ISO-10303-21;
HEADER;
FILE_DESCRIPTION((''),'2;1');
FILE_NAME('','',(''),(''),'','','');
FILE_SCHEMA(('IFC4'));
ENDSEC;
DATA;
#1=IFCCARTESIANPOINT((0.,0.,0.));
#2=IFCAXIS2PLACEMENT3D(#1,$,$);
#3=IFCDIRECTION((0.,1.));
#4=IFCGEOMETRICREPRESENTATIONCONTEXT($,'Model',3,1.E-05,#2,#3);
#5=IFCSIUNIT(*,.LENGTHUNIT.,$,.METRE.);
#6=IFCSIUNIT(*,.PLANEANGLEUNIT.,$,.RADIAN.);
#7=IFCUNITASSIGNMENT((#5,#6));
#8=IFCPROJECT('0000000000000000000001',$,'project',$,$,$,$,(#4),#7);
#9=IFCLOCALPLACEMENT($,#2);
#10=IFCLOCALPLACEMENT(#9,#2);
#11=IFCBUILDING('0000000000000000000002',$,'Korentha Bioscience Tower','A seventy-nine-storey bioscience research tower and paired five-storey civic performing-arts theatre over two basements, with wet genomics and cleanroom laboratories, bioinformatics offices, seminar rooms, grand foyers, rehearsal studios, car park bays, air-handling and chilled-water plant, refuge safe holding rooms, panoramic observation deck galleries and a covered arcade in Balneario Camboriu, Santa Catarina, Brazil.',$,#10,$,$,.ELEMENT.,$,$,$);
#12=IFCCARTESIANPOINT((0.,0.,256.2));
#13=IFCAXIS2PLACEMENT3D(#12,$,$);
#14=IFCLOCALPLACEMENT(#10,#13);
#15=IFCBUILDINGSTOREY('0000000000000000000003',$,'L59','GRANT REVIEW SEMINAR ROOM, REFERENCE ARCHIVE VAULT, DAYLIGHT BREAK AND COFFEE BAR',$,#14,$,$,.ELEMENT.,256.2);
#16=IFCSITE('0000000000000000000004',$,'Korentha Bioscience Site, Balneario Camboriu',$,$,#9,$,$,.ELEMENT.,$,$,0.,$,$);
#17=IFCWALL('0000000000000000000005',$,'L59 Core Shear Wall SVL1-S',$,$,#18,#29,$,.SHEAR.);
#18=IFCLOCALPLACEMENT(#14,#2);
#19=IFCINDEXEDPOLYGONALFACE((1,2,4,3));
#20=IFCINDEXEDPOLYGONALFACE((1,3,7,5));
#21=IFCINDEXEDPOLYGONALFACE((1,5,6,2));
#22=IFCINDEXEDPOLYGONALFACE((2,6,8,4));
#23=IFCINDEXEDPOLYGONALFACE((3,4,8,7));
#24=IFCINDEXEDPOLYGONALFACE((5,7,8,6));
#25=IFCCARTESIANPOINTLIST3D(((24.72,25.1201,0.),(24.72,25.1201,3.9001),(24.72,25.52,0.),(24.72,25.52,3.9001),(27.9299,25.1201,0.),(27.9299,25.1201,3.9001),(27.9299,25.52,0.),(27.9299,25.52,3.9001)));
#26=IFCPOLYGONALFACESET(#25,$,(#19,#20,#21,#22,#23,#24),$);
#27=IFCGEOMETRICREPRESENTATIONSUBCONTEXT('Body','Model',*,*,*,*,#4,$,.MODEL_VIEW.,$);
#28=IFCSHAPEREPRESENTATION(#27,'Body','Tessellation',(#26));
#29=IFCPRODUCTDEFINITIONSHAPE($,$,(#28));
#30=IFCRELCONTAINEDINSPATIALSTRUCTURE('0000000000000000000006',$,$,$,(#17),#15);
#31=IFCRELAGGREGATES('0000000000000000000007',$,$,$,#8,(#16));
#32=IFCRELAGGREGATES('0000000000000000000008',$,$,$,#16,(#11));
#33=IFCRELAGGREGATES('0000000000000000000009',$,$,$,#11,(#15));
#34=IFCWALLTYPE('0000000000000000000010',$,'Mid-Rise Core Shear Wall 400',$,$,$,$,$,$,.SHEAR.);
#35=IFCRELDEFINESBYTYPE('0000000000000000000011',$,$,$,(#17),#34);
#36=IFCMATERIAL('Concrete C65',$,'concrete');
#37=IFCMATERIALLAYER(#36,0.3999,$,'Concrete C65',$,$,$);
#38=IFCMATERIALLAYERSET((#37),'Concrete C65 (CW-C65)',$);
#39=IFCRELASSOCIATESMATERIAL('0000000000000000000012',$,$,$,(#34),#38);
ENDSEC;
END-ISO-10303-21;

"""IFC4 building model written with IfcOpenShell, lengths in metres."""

from ifc_helpers import new_model, si_unit, direction, frame, frame_2d, origin, place, context, subcontext, project, spatial, rectangle, extrude, material, layer, layer_set, type_object, element, save


model = new_model("IFC4")

# Units and contexts
model_context = context("Model", 3, precision=1e-05, world=origin(), true_north=direction((0.0, 1.0)))
body_context = subcontext(model_context, "Body", "Model", "MODEL_VIEW")
ifc_project = project(units=[si_unit("LENGTHUNIT", "METRE"), si_unit("PLANEANGLEUNIT", "RADIAN")], contexts=[model_context])

# Site, building, storey
site_placement = place(None, origin())
site = spatial("IfcSite", under=ifc_project, at=site_placement, Name="Korentha Bioscience Site, Balneario Camboriu", CompositionType="ELEMENT", RefElevation=0.0)
building_placement = place(site_placement, origin())
building = spatial("IfcBuilding", under=site, at=building_placement, Name="Korentha Bioscience Tower", Description="A seventy-nine-storey bioscience research tower and paired five-storey civic performing-arts theatre over two basements, with wet genomics and cleanroom laboratories, bioinformatics offices, seminar rooms, grand foyers, rehearsal studios, car park bays, air-handling and chilled-water plant, refuge safe holding rooms, panoramic observation deck galleries and a covered arcade in Balneario Camboriu, Santa Catarina, Brazil.", CompositionType="ELEMENT")
storey_placement = place(building_placement, frame((0.0, 0.0, 256.2)))
storey = spatial("IfcBuildingStorey", under=building, at=storey_placement, Name="L59", Description="GRANT REVIEW SEMINAR ROOM, REFERENCE ARCHIVE VAULT, DAYLIGHT BREAK AND COFFEE BAR", CompositionType="ELEMENT", Elevation=256.2)

# Shared definitions
ifc_material_1 = material(Name="Concrete C65", Category="concrete")

# Shared definitions
ifc_layer_1 = layer(ifc_material_1, 0.3999, Name="Concrete C65")
ifc_layer_set_1 = layer_set([ifc_layer_1], Name="Concrete C65 (CW-C65)")
wall_type_1 = type_object("IfcWallType", Name="Mid-Rise Core Shear Wall 400", PredefinedType="SHEAR", material=ifc_layer_set_1)

# Wall
wall_1_placement = place(storey_placement, frame((24.72, 25.3201, 0.0), z_axis=(0.0, 0.0, 1.0), x_axis=(1.0, 0.0, 0.0)))
element("IfcWall", 1, at=wall_1_placement, inside=storey, type_object=wall_type_1, Name="L59 Core Shear Wall SVL1-S", PredefinedType="SHEAR", context=body_context, shape_type="SweptSolid", body=[
    extrude(rectangle(XDim=3.21, YDim=0.3999, at=frame_2d((1.605, 0.0))), origin(), (0.0, 0.0, 1.0), 3.9001),
])

save(model, "model.ifc")
